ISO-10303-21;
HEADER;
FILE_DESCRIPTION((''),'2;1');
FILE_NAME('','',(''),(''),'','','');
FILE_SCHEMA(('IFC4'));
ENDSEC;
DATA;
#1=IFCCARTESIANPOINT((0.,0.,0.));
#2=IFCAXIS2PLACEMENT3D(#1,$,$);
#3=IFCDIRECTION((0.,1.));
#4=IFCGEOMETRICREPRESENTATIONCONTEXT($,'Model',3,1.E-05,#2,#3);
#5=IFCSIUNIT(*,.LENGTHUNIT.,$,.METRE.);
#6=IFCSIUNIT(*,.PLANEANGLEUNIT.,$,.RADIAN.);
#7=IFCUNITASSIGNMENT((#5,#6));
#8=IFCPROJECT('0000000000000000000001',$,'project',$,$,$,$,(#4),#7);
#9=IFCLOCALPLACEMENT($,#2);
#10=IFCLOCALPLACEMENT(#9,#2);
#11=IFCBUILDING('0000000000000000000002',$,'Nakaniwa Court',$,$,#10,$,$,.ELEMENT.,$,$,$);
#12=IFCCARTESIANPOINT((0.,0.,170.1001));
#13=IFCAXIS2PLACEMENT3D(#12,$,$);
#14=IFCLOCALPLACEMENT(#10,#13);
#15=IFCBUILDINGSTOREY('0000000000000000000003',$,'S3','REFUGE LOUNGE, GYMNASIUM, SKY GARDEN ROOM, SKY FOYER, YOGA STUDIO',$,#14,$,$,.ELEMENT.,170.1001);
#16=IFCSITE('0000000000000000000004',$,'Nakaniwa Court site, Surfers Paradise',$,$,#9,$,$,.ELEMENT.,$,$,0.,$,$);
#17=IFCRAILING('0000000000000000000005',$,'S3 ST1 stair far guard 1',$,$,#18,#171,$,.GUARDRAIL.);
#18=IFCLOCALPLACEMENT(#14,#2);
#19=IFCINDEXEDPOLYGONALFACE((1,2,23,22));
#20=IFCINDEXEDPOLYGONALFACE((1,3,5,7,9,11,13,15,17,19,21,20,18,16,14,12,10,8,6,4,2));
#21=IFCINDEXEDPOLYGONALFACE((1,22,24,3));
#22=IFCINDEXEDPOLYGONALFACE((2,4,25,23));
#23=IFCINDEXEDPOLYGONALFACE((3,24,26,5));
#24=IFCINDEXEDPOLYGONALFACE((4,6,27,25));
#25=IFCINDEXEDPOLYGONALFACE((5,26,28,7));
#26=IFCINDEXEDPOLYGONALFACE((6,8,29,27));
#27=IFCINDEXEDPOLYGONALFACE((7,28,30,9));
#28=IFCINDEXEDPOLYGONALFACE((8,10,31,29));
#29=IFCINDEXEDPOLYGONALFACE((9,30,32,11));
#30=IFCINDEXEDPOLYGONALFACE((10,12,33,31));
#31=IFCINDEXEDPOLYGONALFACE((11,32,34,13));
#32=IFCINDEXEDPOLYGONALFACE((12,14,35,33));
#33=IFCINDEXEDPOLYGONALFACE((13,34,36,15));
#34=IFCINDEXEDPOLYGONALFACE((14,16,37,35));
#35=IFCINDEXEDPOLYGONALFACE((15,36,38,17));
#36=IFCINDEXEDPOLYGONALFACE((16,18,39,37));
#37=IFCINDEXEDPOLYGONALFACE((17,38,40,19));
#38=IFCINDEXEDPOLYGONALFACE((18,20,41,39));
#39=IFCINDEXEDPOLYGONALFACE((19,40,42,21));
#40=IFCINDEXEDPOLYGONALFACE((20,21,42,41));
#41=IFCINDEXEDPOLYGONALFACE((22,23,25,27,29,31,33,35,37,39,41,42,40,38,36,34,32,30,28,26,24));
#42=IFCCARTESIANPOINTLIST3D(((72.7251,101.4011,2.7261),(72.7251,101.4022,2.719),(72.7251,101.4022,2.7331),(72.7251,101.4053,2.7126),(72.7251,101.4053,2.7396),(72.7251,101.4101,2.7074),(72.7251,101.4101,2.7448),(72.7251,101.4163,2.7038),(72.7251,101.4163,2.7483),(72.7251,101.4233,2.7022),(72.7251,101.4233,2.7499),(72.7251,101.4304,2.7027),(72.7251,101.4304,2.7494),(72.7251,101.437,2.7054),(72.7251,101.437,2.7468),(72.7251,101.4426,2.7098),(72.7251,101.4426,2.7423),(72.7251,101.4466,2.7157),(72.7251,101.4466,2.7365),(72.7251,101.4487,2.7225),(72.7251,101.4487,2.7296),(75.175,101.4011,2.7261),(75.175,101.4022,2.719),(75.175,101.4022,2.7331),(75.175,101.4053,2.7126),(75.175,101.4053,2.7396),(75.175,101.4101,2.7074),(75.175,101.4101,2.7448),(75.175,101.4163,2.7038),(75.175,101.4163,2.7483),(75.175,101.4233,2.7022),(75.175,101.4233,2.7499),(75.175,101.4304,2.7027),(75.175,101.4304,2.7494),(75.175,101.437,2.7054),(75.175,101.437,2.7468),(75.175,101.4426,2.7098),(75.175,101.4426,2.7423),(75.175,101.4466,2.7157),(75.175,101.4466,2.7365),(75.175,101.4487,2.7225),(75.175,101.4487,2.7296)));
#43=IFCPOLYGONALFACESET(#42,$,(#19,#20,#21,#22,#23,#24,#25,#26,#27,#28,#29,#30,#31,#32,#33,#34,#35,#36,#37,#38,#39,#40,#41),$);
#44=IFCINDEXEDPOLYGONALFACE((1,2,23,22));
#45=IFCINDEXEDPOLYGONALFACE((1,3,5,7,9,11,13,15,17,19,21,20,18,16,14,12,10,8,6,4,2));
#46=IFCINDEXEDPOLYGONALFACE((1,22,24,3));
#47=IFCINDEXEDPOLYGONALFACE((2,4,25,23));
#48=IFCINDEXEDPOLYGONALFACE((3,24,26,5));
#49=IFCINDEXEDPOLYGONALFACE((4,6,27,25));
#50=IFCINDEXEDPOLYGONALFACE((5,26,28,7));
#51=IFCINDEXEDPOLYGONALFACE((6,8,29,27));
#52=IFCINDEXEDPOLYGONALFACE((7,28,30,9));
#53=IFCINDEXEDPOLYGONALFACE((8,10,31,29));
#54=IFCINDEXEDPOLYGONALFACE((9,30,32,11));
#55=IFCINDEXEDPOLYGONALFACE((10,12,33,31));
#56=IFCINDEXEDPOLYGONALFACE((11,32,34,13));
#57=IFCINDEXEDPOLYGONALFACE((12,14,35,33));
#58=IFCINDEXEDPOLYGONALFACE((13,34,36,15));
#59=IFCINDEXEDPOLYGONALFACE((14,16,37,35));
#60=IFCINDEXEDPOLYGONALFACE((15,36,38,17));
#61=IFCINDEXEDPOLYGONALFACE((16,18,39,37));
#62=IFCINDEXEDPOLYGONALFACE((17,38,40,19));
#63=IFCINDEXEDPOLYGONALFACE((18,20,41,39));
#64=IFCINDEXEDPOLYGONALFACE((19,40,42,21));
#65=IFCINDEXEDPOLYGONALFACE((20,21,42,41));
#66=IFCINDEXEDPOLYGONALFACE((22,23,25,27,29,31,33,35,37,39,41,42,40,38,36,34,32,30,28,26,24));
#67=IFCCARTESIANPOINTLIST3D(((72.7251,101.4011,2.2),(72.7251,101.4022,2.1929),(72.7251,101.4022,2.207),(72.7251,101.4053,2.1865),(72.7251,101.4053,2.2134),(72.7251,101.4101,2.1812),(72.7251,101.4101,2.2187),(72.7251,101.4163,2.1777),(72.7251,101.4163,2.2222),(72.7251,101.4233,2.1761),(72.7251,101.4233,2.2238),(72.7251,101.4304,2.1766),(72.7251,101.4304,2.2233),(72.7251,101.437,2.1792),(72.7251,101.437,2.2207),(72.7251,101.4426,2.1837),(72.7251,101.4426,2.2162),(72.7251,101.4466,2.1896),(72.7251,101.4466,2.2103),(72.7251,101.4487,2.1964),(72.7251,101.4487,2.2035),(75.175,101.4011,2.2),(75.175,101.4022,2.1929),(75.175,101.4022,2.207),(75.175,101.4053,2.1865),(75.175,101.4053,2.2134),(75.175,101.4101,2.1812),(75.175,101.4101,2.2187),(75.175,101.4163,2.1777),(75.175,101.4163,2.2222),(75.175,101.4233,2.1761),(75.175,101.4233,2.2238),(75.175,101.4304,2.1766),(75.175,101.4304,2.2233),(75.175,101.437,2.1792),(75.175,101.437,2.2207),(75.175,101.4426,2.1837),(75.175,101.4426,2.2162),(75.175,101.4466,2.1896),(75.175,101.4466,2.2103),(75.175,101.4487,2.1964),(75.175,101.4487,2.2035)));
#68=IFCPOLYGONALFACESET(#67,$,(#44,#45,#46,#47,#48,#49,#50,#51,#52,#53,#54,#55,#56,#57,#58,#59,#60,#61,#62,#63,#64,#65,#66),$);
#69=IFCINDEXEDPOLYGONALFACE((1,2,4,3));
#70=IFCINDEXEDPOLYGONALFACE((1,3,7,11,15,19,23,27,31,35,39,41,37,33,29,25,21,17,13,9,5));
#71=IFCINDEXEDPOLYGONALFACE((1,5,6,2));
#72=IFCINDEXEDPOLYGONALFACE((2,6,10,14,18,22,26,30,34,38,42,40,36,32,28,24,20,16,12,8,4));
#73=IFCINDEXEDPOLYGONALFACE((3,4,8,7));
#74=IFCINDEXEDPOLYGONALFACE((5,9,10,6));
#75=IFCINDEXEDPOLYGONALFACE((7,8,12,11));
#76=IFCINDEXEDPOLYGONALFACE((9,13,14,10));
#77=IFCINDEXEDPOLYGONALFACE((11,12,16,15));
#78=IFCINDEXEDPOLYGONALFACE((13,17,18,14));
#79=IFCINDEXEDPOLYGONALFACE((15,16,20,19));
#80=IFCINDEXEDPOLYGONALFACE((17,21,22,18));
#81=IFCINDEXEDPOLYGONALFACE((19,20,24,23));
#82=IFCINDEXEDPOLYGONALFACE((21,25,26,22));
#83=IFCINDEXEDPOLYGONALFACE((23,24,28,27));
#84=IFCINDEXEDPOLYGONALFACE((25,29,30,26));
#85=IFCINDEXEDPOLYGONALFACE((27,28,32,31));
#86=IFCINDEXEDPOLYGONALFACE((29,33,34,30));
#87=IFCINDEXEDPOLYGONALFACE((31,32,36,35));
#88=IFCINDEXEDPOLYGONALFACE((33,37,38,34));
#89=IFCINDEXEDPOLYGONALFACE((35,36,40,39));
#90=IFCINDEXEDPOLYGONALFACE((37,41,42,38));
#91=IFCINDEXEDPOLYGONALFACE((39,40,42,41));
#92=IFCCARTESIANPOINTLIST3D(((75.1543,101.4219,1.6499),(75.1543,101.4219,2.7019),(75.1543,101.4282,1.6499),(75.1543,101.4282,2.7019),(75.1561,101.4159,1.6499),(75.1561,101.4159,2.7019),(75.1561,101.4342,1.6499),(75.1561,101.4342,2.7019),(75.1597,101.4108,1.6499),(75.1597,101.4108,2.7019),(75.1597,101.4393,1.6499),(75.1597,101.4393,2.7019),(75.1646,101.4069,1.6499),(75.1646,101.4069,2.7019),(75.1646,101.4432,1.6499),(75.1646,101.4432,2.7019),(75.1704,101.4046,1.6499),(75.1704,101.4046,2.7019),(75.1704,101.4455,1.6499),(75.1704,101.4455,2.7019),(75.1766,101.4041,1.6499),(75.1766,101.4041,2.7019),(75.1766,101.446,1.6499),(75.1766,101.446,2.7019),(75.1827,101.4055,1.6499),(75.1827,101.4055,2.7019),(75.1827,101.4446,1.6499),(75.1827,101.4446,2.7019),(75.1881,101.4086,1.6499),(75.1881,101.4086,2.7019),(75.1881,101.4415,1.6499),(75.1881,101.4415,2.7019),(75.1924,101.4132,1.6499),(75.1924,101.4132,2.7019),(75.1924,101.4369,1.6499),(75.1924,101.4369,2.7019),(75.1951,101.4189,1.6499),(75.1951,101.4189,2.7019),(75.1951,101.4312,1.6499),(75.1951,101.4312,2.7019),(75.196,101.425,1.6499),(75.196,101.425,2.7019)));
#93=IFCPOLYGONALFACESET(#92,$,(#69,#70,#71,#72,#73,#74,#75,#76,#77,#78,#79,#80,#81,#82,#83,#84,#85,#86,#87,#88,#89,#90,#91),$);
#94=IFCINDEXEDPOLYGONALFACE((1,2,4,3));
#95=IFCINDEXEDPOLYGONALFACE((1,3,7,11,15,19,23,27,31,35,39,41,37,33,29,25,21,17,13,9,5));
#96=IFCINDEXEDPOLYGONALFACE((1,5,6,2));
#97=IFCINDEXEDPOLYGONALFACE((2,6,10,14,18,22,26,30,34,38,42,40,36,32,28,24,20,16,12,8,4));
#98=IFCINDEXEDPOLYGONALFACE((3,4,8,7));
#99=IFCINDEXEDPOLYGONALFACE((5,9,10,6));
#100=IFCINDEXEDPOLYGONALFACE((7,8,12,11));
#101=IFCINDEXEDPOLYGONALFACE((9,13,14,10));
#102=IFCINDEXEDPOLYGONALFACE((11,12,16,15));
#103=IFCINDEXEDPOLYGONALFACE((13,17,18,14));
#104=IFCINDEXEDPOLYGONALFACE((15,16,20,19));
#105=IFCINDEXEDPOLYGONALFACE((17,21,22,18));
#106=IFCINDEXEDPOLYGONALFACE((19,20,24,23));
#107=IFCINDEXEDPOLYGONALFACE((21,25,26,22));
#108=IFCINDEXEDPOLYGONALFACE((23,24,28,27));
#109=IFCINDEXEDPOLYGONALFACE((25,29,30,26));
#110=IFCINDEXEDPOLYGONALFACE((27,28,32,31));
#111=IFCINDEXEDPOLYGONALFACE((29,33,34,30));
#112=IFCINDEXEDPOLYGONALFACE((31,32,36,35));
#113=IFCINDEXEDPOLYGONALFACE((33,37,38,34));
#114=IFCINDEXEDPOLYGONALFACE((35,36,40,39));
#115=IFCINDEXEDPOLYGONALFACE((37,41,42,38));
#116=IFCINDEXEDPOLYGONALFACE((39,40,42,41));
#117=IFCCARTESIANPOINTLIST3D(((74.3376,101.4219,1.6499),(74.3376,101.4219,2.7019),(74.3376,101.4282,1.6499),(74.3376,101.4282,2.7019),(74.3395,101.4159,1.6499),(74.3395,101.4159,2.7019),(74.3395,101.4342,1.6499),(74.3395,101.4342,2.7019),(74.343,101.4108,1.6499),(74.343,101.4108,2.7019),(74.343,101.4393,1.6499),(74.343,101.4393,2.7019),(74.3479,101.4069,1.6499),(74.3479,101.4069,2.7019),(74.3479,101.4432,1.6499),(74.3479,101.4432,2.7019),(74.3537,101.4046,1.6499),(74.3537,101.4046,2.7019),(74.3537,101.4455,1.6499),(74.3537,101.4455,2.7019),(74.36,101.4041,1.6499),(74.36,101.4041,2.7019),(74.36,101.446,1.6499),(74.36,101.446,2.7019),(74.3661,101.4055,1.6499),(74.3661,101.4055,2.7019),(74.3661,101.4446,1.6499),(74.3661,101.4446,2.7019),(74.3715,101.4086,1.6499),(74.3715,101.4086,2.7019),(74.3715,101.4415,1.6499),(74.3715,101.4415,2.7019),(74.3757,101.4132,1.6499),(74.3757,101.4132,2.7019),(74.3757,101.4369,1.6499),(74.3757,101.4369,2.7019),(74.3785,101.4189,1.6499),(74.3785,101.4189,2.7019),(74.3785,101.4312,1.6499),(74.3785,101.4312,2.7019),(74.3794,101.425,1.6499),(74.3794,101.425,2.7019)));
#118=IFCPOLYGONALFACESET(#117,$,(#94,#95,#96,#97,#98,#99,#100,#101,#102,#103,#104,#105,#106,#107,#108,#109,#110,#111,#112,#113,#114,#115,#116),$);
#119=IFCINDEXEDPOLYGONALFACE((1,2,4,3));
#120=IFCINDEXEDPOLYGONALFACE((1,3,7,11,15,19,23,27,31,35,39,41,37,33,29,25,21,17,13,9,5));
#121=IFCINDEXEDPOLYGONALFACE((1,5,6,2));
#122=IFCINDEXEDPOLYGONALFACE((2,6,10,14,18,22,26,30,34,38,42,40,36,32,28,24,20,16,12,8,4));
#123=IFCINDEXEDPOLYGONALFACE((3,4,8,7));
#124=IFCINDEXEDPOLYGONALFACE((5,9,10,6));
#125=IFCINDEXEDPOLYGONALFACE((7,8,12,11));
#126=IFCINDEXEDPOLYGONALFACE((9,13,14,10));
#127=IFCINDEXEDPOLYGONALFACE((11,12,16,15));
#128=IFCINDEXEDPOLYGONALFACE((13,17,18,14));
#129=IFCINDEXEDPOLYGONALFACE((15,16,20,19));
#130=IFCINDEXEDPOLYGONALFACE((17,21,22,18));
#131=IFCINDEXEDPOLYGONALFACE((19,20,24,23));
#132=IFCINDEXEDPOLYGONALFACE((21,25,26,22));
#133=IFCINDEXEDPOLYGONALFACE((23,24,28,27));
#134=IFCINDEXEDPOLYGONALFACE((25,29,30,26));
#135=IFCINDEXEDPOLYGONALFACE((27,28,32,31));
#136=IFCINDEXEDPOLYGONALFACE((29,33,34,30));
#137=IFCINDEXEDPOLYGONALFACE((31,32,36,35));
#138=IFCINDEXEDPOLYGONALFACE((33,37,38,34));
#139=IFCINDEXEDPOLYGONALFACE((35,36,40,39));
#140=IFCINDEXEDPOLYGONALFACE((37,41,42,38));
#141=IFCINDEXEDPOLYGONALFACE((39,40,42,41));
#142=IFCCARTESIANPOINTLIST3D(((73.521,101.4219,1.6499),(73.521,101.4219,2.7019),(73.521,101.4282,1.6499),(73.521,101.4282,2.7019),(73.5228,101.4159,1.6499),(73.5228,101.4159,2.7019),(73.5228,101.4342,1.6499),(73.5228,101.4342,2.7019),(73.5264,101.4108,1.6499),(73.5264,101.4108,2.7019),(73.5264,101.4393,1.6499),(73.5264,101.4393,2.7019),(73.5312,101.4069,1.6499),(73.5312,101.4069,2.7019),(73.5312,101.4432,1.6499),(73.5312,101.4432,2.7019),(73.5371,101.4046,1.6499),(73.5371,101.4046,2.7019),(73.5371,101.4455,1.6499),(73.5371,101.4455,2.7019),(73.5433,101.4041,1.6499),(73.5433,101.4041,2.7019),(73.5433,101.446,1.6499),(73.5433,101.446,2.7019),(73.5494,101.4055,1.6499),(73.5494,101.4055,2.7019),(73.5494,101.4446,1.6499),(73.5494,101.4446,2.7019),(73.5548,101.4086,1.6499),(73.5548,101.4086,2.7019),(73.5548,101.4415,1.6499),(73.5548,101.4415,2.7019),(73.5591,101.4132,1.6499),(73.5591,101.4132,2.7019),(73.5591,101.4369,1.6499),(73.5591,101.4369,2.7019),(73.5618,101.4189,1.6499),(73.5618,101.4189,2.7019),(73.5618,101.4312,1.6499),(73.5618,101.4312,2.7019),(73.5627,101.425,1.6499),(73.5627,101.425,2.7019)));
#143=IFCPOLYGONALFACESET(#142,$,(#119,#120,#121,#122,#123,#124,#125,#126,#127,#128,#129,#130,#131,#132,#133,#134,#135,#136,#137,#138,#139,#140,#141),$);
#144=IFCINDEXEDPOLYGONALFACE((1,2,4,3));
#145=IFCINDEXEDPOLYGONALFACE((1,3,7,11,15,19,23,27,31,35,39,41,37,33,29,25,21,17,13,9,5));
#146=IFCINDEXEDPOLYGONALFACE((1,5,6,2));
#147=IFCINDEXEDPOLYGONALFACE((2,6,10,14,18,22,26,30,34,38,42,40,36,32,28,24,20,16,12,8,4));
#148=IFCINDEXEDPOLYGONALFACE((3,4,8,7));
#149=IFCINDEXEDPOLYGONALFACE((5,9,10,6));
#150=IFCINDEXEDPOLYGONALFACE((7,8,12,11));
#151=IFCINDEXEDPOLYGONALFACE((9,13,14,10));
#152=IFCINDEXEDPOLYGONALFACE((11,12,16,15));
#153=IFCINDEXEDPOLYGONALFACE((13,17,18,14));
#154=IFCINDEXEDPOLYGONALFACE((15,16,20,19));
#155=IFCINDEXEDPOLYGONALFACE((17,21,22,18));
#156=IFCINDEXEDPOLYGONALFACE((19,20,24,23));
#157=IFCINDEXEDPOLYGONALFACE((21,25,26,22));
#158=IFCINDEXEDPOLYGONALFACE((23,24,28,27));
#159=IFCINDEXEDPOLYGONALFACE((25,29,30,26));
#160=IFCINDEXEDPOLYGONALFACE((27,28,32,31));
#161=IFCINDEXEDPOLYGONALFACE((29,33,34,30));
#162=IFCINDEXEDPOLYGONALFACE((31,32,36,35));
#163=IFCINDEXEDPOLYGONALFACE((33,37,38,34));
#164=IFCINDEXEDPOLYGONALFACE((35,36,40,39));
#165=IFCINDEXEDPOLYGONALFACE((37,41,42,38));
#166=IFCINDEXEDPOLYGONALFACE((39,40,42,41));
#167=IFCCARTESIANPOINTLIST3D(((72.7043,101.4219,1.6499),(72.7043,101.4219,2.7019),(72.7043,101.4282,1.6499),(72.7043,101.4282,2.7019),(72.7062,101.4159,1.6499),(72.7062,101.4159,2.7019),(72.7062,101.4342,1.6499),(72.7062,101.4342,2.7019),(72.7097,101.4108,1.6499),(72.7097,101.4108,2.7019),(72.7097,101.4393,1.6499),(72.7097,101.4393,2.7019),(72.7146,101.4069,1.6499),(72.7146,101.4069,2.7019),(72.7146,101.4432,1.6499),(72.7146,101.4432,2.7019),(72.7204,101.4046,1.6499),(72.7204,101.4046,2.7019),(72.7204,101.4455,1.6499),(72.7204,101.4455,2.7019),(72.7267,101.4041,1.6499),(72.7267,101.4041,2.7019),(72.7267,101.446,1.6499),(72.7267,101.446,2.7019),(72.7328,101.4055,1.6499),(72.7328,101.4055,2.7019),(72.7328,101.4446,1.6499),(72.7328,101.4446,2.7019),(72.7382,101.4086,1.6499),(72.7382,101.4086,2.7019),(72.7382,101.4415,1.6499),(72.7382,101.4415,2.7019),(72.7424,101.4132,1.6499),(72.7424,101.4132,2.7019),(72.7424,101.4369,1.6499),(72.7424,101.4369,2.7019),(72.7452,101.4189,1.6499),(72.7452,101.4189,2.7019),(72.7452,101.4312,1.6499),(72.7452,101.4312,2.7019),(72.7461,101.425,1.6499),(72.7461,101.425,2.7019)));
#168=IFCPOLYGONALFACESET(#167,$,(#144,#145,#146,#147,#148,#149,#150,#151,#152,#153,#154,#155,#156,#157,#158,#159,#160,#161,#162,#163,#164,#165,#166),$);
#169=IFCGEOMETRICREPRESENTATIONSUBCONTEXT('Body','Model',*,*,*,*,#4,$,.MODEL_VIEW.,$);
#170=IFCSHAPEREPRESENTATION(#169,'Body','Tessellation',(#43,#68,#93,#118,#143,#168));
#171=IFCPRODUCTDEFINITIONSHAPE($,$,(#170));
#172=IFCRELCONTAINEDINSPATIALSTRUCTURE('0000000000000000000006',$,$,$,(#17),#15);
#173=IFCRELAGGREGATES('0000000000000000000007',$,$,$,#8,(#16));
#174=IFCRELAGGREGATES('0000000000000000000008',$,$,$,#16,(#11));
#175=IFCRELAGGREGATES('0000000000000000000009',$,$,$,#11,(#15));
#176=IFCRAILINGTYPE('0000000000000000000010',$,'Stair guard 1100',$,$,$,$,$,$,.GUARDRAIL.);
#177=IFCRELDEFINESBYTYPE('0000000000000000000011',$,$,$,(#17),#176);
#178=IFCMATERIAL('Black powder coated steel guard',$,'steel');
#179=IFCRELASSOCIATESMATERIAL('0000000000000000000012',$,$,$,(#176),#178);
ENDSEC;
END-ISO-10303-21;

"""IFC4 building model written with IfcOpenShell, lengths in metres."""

from ifc_helpers import new_model, si_unit, direction, frame, origin, origin_2d, place, context, subcontext, project, spatial, circle, extrude, material, type_object, element, save


model = new_model("IFC4")

# Units and contexts
model_context = context("Model", 3, precision=1e-05, world=origin(), true_north=direction((0.0, 1.0)))
body_context = subcontext(model_context, "Body", "Model", "MODEL_VIEW")
ifc_project = project(units=[si_unit("LENGTHUNIT", "METRE"), si_unit("PLANEANGLEUNIT", "RADIAN")], contexts=[model_context])

# Site, building, storey
site_placement = place(None, origin())
site = spatial("IfcSite", under=ifc_project, at=site_placement, Name="Nakaniwa Court site, Surfers Paradise", CompositionType="ELEMENT", RefElevation=0.0)
building_placement = place(site_placement, origin())
building = spatial("IfcBuilding", under=site, at=building_placement, Name="Nakaniwa Court", CompositionType="ELEMENT")
storey_placement = place(building_placement, frame((0.0, 0.0, 170.1001)))
storey = spatial("IfcBuildingStorey", under=building, at=storey_placement, Name="S3", Description="REFUGE LOUNGE, GYMNASIUM, SKY GARDEN ROOM, SKY FOYER, YOGA STUDIO", CompositionType="ELEMENT", Elevation=170.1001)

# Railing
ifc_material_1 = material(Name="Black powder coated steel guard", Category="steel")
railing_type_1 = type_object("IfcRailingType", Name="Stair guard 1100", PredefinedType="GUARDRAIL", material=ifc_material_1)
for number, where, name in (
    (1, (75.175, 101.425, 1.6499), "S3 ST1 stair far guard 1"),
):
    element("IfcRailing", number, at=place(storey_placement, frame(where)), inside=storey, type_object=railing_type_1, Name=name, PredefinedType="GUARDRAIL", context=body_context, shape_type="SweptSolid", body=[
        extrude(circle(Radius=0.0239, at=origin_2d()), frame((0.0, 0.0, 1.0762), z_axis=(-1.0, 0.0, 0.0), x_axis=(0.0, -1.0, 0.0)), (0.0, 0.0, 1.0), 2.45),
        extrude(circle(Radius=0.0239, at=origin_2d()), frame((0.0, 0.0, 0.55), z_axis=(-1.0, 0.0, 0.0), x_axis=(0.0, -1.0, 0.0)), (0.0, 0.0, 1.0), 2.45),
        extrude(circle(Radius=0.021, at=origin_2d()), origin(), (0.0, 0.0, 1.0), 1.052),
        extrude(circle(Radius=0.021, at=origin_2d()), frame((-0.8167, 0.0, 0.0)), (0.0, 0.0, 1.0), 1.052),
        extrude(circle(Radius=0.021, at=origin_2d()), frame((-1.6333, 0.0, 0.0)), (0.0, 0.0, 1.0), 1.052),
        extrude(circle(Radius=0.021, at=origin_2d()), frame((-2.45, 0.0, 0.0)), (0.0, 0.0, 1.0), 1.052),
    ])

save(model, "model.ifc")
